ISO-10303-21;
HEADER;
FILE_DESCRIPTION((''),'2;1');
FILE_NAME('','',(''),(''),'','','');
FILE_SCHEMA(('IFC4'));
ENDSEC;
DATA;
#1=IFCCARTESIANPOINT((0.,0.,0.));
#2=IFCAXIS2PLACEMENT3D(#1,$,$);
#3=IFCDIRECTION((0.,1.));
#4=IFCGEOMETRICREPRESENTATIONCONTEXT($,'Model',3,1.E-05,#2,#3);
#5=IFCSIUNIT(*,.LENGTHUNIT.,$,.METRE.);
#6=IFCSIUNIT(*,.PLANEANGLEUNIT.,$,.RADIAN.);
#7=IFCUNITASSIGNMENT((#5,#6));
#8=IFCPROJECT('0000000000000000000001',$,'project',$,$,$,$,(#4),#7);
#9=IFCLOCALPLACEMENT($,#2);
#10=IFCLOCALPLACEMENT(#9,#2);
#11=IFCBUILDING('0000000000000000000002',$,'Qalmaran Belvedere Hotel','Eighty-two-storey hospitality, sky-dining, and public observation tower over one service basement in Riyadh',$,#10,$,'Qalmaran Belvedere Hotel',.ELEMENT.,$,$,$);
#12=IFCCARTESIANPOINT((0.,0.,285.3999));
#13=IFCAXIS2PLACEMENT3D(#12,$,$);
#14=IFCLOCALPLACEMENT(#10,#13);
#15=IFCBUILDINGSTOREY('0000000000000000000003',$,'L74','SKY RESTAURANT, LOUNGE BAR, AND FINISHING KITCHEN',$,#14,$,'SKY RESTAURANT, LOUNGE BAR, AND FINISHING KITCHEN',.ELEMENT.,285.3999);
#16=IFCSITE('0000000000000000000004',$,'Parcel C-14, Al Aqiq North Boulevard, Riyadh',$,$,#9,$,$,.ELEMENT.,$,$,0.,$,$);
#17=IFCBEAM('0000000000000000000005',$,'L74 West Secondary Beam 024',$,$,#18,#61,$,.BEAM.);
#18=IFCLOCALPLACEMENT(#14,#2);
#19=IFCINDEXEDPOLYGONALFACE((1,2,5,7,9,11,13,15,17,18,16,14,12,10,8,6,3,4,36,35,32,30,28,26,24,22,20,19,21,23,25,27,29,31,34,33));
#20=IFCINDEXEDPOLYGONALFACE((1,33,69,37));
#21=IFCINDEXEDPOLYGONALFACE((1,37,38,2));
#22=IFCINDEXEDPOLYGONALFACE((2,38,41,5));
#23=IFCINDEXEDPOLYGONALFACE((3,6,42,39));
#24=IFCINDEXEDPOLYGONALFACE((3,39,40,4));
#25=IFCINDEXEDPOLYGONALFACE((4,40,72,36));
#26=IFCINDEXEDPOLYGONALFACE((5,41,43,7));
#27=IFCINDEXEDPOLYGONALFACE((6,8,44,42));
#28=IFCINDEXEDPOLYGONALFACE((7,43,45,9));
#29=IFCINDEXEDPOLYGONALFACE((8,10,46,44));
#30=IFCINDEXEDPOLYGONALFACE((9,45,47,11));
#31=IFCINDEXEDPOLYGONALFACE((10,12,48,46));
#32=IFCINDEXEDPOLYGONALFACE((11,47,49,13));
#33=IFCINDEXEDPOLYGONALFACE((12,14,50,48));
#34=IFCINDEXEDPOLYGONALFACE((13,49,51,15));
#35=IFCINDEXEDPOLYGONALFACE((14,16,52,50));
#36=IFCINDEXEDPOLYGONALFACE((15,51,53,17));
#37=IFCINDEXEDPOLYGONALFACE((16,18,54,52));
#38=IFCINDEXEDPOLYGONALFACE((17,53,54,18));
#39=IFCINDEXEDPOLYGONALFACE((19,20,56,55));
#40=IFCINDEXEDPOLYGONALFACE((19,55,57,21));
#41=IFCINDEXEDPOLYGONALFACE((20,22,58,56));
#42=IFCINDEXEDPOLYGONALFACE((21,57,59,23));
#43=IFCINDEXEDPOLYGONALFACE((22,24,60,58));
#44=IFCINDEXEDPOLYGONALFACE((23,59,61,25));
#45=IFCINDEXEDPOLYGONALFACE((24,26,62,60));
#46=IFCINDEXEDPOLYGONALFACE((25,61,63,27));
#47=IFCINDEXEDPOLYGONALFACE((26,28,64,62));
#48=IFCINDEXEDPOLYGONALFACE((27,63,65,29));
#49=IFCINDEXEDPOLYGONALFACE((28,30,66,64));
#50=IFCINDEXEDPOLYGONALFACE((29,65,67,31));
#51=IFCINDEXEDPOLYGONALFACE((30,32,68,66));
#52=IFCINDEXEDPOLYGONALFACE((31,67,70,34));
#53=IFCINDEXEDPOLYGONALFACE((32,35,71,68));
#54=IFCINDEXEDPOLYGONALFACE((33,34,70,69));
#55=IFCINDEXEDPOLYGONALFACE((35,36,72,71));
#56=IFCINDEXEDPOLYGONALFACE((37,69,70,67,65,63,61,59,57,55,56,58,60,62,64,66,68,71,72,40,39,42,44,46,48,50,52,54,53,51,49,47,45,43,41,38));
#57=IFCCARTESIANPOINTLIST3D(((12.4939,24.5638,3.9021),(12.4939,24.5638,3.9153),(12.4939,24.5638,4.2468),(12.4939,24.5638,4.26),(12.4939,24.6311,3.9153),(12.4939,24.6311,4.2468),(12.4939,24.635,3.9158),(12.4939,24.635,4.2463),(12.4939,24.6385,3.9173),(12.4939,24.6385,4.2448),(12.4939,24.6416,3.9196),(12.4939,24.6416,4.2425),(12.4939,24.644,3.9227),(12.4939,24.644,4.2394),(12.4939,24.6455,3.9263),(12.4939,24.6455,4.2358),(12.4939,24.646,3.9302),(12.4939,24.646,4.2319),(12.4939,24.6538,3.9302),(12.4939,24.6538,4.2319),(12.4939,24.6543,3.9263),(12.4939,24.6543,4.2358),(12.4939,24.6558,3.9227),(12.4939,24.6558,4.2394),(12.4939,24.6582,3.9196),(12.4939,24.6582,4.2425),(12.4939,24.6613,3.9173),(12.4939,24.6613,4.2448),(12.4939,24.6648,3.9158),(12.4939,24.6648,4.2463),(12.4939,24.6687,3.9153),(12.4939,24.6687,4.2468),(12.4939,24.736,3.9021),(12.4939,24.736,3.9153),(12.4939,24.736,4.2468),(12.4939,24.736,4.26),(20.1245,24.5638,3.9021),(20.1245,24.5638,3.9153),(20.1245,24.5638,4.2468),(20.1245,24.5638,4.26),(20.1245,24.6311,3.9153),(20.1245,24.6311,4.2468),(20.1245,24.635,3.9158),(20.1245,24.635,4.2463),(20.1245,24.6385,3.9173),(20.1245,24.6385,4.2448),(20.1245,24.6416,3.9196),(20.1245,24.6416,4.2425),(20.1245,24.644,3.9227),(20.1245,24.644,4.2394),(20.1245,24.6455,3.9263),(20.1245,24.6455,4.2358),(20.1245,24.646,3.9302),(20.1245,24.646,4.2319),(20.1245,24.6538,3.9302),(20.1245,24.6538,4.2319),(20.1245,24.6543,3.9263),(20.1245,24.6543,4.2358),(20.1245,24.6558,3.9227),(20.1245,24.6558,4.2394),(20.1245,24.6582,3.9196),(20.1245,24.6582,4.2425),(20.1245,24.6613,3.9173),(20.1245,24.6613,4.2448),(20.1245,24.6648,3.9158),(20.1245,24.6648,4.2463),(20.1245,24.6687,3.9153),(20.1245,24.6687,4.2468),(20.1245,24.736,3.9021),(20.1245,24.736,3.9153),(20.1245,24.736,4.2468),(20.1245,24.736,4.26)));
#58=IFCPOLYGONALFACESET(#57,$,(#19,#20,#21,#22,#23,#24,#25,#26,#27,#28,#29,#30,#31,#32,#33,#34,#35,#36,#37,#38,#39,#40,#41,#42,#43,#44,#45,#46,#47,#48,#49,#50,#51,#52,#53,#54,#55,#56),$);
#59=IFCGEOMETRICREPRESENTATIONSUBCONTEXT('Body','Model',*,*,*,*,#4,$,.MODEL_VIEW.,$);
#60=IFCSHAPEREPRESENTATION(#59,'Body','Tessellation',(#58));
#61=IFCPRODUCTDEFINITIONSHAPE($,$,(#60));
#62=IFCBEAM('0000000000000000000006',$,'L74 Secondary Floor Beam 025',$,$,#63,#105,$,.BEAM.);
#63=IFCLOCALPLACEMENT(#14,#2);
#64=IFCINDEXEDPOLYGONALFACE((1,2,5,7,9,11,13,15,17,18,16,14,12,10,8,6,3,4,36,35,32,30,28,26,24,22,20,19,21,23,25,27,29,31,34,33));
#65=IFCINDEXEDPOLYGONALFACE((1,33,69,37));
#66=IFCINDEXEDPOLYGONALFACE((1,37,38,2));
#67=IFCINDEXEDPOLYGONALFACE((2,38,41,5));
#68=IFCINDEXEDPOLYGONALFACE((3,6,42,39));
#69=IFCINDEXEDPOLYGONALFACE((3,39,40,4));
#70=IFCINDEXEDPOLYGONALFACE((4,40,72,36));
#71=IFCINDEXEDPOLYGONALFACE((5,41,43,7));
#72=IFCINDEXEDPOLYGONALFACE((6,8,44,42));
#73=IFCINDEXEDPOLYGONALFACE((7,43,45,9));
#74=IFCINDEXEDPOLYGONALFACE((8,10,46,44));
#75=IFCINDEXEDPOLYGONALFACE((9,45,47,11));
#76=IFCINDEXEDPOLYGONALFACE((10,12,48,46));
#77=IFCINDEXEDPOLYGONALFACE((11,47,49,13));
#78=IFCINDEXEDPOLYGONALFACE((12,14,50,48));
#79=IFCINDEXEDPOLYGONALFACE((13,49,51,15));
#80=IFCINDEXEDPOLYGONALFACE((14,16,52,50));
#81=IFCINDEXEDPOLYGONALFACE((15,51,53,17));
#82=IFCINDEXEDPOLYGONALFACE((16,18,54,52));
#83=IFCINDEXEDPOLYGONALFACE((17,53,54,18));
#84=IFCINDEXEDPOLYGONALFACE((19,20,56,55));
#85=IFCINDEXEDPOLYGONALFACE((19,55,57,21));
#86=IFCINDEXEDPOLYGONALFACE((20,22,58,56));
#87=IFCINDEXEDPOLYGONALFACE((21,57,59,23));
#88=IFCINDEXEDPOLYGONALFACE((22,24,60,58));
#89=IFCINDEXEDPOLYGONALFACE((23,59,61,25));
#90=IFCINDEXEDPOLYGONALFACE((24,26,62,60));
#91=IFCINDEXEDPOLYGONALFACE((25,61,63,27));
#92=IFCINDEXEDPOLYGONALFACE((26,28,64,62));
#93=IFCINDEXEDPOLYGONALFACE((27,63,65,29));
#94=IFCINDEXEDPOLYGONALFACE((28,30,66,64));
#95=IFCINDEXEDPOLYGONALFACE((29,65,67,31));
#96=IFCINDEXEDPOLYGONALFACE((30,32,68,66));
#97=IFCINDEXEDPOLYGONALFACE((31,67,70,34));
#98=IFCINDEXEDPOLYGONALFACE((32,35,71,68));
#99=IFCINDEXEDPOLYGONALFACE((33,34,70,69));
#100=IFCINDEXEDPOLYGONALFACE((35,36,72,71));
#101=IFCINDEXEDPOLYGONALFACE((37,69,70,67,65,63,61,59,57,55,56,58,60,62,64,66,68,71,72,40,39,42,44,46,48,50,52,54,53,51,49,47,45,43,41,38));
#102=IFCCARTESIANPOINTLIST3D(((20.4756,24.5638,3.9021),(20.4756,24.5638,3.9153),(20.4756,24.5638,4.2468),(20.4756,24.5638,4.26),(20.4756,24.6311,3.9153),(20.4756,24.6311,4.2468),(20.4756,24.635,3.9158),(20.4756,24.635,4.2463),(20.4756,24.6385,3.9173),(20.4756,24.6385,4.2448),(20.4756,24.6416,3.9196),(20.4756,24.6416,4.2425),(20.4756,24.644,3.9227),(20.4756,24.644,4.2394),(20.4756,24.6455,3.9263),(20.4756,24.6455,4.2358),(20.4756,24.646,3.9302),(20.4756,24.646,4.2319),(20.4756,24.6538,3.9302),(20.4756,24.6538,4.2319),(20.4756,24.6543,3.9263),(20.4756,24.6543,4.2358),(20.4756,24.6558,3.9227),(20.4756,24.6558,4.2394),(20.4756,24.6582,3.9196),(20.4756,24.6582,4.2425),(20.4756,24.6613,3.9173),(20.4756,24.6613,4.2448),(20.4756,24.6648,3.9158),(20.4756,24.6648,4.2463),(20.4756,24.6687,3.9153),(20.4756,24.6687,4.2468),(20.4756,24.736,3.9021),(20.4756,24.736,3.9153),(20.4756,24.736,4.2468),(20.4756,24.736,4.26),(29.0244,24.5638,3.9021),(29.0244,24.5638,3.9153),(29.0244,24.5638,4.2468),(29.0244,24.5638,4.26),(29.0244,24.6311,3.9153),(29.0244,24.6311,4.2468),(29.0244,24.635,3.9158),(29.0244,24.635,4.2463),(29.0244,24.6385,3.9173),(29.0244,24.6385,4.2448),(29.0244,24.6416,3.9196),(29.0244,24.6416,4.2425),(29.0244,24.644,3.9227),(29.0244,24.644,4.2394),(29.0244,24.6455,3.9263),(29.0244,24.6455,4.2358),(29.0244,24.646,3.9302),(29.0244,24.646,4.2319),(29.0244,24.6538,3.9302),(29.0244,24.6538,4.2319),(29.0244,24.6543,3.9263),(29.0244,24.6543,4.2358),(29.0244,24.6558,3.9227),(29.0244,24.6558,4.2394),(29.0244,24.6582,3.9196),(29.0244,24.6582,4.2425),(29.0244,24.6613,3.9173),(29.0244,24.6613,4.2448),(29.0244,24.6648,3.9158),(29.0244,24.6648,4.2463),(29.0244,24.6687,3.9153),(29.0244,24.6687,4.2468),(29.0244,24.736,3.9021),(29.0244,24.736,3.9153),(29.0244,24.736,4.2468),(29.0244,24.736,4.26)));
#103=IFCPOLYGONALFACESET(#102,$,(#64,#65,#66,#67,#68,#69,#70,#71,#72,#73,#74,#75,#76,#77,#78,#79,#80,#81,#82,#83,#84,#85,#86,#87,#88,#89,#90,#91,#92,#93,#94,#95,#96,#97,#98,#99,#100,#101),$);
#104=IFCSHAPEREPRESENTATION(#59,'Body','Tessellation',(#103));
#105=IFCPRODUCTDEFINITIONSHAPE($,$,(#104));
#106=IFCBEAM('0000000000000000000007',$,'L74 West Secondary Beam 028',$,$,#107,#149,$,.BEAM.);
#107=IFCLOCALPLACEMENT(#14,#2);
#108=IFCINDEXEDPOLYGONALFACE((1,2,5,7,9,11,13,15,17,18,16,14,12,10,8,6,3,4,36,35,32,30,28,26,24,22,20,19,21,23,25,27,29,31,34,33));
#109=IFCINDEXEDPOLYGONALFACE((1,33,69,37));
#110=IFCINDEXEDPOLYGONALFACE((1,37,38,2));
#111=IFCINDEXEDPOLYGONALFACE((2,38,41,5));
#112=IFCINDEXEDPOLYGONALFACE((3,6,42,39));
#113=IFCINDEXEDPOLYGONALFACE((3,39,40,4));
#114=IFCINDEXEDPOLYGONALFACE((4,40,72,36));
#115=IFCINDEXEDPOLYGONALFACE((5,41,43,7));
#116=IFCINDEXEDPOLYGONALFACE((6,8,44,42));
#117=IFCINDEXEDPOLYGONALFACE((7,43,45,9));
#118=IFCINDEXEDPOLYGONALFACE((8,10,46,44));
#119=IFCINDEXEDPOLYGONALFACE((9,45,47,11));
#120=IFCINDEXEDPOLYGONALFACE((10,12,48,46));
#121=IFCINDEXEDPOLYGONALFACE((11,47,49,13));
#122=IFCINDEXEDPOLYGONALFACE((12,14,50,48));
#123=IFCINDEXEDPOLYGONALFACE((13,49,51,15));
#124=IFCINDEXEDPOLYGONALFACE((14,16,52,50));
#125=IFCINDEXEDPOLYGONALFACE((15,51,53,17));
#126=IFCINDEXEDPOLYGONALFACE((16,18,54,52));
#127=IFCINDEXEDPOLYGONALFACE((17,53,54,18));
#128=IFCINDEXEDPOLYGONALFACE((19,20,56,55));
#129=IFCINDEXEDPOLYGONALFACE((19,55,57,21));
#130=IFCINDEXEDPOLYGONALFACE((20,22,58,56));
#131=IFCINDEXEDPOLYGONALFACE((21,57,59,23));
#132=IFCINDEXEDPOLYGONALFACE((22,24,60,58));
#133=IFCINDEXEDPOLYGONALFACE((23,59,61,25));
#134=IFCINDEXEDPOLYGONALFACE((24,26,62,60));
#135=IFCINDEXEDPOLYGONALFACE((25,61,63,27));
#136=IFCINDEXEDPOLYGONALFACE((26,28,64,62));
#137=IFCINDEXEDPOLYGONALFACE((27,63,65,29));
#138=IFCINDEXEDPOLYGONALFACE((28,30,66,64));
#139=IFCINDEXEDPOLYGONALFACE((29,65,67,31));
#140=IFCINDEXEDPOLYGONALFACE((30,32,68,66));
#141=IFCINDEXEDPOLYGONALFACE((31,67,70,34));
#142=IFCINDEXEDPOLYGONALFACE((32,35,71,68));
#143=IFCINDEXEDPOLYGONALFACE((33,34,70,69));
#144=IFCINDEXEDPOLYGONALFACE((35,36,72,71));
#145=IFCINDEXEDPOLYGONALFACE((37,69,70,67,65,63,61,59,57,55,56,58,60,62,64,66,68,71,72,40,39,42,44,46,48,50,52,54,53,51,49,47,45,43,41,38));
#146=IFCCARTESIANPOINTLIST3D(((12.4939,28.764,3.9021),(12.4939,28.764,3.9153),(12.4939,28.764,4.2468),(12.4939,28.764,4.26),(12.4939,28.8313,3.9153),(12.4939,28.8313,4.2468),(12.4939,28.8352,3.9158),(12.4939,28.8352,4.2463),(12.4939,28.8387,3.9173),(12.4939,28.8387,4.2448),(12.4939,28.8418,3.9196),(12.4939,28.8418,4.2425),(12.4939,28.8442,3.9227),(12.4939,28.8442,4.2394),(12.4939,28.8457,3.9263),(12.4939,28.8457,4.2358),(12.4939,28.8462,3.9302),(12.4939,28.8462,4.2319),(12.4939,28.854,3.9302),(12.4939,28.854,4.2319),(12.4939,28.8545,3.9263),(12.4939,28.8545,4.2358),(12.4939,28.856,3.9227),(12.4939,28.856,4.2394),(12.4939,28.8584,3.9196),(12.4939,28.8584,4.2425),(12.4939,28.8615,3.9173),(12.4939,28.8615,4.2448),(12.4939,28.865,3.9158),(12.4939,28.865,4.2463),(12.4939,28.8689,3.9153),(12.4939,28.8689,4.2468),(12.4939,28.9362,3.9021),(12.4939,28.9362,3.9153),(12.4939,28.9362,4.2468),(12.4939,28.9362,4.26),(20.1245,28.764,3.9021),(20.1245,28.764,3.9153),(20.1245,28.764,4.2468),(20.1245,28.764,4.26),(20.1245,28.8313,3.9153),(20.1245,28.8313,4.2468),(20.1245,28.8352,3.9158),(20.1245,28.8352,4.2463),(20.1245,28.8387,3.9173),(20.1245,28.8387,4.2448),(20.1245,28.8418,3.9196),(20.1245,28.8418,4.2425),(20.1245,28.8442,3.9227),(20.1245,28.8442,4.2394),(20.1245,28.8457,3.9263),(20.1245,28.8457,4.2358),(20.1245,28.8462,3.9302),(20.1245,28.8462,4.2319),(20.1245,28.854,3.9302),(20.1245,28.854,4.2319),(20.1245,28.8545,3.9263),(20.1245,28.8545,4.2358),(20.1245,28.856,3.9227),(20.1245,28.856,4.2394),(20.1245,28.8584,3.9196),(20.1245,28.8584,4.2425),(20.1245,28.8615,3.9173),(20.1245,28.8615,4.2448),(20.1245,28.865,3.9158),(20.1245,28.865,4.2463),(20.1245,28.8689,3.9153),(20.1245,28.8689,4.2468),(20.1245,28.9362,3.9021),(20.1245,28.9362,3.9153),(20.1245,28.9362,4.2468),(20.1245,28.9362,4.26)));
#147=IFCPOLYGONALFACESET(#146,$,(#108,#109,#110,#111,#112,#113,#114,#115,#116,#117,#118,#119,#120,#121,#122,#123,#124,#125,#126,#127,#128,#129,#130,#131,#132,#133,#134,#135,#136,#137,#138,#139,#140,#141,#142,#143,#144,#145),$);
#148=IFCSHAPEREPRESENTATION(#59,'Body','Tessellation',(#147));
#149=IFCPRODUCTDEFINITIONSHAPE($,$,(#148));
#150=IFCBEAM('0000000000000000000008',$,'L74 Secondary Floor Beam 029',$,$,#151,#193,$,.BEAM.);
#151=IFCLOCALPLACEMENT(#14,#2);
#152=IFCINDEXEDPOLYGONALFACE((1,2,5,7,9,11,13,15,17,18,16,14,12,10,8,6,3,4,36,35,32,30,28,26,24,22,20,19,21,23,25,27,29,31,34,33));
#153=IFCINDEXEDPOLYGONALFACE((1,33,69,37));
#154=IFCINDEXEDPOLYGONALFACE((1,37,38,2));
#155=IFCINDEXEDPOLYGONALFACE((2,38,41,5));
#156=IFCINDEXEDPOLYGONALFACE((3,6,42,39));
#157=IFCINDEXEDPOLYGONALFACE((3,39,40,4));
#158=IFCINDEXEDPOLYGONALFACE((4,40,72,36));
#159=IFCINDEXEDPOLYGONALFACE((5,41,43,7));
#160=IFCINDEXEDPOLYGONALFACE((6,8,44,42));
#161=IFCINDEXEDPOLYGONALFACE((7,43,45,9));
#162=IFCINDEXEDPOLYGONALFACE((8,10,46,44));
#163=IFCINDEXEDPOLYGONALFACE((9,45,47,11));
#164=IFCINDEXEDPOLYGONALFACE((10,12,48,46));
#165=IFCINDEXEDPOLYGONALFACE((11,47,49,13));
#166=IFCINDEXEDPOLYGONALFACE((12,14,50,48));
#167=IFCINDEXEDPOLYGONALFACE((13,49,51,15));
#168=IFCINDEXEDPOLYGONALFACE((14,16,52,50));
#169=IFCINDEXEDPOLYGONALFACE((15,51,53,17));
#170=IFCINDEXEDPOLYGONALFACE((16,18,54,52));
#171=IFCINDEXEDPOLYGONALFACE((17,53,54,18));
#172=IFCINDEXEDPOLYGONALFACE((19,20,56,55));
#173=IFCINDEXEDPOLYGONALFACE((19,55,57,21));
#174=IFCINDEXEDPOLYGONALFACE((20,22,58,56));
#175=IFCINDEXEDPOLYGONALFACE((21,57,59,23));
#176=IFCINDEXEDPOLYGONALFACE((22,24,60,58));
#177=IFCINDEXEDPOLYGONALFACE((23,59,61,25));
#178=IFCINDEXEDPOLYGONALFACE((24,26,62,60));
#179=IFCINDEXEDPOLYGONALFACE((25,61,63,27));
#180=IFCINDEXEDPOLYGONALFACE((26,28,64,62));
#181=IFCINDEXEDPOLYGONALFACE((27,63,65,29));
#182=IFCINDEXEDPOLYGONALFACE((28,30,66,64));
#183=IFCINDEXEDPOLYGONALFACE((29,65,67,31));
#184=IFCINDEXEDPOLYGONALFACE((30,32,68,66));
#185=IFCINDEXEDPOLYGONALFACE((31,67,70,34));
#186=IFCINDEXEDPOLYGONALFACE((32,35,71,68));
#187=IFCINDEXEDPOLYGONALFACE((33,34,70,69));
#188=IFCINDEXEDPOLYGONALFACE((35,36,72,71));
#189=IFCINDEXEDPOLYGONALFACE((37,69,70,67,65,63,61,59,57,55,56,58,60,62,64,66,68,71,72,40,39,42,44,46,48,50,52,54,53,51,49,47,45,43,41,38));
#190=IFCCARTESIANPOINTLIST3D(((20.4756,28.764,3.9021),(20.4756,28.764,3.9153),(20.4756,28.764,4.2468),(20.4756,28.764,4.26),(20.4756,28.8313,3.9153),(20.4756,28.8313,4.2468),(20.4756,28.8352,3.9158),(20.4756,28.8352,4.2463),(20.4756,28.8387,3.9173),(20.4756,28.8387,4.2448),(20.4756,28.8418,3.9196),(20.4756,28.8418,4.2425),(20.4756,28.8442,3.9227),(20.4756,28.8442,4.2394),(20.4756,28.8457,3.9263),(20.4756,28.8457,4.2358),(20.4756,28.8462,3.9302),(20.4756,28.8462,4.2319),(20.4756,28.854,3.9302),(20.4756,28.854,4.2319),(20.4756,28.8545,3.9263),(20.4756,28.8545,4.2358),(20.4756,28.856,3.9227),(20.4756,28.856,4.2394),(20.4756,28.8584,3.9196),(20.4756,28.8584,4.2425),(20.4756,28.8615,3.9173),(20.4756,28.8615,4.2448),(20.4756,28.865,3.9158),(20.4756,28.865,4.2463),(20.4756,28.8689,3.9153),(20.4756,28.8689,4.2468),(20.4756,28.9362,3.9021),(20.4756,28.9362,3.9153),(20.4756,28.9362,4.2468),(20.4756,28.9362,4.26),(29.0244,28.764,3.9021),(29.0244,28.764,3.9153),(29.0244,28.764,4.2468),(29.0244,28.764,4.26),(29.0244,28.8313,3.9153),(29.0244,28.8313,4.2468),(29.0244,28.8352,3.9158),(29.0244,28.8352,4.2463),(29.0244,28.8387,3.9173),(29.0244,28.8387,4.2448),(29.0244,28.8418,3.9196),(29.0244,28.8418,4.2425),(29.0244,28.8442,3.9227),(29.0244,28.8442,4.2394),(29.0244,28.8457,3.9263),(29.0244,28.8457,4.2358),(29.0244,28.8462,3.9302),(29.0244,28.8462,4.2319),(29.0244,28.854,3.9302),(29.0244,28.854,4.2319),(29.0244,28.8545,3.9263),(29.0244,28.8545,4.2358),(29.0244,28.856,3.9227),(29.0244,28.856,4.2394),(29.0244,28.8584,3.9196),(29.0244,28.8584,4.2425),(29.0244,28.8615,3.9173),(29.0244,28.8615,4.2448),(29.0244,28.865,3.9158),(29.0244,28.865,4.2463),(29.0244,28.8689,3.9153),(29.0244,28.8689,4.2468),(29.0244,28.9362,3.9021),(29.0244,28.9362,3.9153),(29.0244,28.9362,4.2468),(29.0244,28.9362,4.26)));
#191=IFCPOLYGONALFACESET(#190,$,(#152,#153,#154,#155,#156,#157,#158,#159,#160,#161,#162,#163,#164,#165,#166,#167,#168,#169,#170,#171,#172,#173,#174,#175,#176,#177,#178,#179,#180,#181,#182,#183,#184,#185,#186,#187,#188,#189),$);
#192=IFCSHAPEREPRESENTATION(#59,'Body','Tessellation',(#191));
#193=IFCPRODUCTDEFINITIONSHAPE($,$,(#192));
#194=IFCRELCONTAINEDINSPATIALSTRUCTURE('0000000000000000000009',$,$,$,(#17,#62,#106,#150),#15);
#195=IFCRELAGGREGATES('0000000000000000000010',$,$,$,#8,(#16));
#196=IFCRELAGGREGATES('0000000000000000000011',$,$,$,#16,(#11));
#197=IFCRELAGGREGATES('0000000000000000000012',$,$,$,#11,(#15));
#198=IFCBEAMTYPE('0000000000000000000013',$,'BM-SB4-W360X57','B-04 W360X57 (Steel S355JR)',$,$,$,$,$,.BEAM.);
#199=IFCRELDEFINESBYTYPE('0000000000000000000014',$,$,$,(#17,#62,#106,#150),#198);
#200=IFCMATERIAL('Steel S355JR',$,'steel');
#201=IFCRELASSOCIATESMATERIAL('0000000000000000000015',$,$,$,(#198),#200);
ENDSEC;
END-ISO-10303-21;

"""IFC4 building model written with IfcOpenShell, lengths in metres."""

from ifc_helpers import new_model, si_unit, direction, frame, origin, origin_2d, place, context, subcontext, project, spatial, i_section, extrude, material, material_profile, profile_set, type_object, element, save


model = new_model("IFC4")

# Units and contexts
model_context = context("Model", 3, precision=1e-05, world=origin(), true_north=direction((0.0, 1.0)))
body_context = subcontext(model_context, "Body", "Model", "MODEL_VIEW")
ifc_project = project(units=[si_unit("LENGTHUNIT", "METRE"), si_unit("PLANEANGLEUNIT", "RADIAN")], contexts=[model_context])

# Site, building, storey
site_placement = place(None, origin())
site = spatial("IfcSite", under=ifc_project, at=site_placement, Name="Parcel C-14, Al Aqiq North Boulevard, Riyadh", CompositionType="ELEMENT", RefElevation=0.0)
building_placement = place(site_placement, origin())
building = spatial("IfcBuilding", under=site, at=building_placement, Name="Qalmaran Belvedere Hotel", Description="Eighty-two-storey hospitality, sky-dining, and public observation tower over one service basement in Riyadh", LongName="Qalmaran Belvedere Hotel", CompositionType="ELEMENT")
storey_placement = place(building_placement, frame((0.0, 0.0, 285.3999)))
storey = spatial("IfcBuildingStorey", under=building, at=storey_placement, Name="L74", Description="SKY RESTAURANT, LOUNGE BAR, AND FINISHING KITCHEN", LongName="SKY RESTAURANT, LOUNGE BAR, AND FINISHING KITCHEN", CompositionType="ELEMENT", Elevation=285.3999)

# Beams
ifc_material_1 = material(Name="Steel S355JR", Category="steel")
ifc_material_profile_1 = material_profile(ifc_material_1, i_section(OverallWidth=0.1721, OverallDepth=0.3579, WebThickness=0.0078, FlangeThickness=0.0132, FilletRadius=0.0149, at=origin_2d()), Name="W360X57")
ifc_profile_set_1 = profile_set([ifc_material_profile_1], Name="Steel S355JR")
beam_type_1 = type_object("IfcBeamType", Name="BM-SB4-W360X57", Description="B-04 W360X57 (Steel S355JR)", PredefinedType="BEAM", material=ifc_profile_set_1)
beam_1_placement = place(storey_placement, frame((12.4939, 24.6499, 4.0811), z_axis=(1.0, 0.0, 0.0), x_axis=(0.0, 1.0, 0.0)))
element("IfcBeam", 1, at=beam_1_placement, inside=storey, type_object=beam_type_1, Name="L74 West Secondary Beam 024", PredefinedType="BEAM", context=body_context, shape_type="SweptSolid", body=[
    extrude(i_section(OverallWidth=0.1721, OverallDepth=0.3579, WebThickness=0.0078, FlangeThickness=0.0132, FilletRadius=0.0149, at=origin_2d()), origin(), (0.0, 0.0, 1.0), 7.6306),
])
beam_2_placement = place(storey_placement, frame((20.4756, 24.6499, 4.0811), z_axis=(1.0, 0.0, 0.0), x_axis=(0.0, 1.0, 0.0)))
element("IfcBeam", 2, at=beam_2_placement, inside=storey, type_object=beam_type_1, Name="L74 Secondary Floor Beam 025", PredefinedType="BEAM", context=body_context, shape_type="SweptSolid", body=[
    extrude(i_section(OverallWidth=0.1721, OverallDepth=0.3579, WebThickness=0.0078, FlangeThickness=0.0132, FilletRadius=0.0149, at=origin_2d()), origin(), (0.0, 0.0, 1.0), 8.5488),
])
beam_3_placement = place(storey_placement, frame((12.4939, 28.8501, 4.0811), z_axis=(1.0, 0.0, 0.0), x_axis=(0.0, 1.0, 0.0)))
element("IfcBeam", 3, at=beam_3_placement, inside=storey, type_object=beam_type_1, Name="L74 West Secondary Beam 028", PredefinedType="BEAM", context=body_context, shape_type="SweptSolid", body=[
    extrude(i_section(OverallWidth=0.1721, OverallDepth=0.3579, WebThickness=0.0078, FlangeThickness=0.0132, FilletRadius=0.0149, at=origin_2d()), origin(), (0.0, 0.0, 1.0), 7.6306),
])
beam_4_placement = place(storey_placement, frame((20.4756, 28.8501, 4.0811), z_axis=(1.0, 0.0, 0.0), x_axis=(0.0, 1.0, 0.0)))
element("IfcBeam", 4, at=beam_4_placement, inside=storey, type_object=beam_type_1, Name="L74 Secondary Floor Beam 029", PredefinedType="BEAM", context=body_context, shape_type="SweptSolid", body=[
    extrude(i_section(OverallWidth=0.1721, OverallDepth=0.3579, WebThickness=0.0078, FlangeThickness=0.0132, FilletRadius=0.0149, at=origin_2d()), origin(), (0.0, 0.0, 1.0), 8.5488),
])

save(model, "model.ifc")
